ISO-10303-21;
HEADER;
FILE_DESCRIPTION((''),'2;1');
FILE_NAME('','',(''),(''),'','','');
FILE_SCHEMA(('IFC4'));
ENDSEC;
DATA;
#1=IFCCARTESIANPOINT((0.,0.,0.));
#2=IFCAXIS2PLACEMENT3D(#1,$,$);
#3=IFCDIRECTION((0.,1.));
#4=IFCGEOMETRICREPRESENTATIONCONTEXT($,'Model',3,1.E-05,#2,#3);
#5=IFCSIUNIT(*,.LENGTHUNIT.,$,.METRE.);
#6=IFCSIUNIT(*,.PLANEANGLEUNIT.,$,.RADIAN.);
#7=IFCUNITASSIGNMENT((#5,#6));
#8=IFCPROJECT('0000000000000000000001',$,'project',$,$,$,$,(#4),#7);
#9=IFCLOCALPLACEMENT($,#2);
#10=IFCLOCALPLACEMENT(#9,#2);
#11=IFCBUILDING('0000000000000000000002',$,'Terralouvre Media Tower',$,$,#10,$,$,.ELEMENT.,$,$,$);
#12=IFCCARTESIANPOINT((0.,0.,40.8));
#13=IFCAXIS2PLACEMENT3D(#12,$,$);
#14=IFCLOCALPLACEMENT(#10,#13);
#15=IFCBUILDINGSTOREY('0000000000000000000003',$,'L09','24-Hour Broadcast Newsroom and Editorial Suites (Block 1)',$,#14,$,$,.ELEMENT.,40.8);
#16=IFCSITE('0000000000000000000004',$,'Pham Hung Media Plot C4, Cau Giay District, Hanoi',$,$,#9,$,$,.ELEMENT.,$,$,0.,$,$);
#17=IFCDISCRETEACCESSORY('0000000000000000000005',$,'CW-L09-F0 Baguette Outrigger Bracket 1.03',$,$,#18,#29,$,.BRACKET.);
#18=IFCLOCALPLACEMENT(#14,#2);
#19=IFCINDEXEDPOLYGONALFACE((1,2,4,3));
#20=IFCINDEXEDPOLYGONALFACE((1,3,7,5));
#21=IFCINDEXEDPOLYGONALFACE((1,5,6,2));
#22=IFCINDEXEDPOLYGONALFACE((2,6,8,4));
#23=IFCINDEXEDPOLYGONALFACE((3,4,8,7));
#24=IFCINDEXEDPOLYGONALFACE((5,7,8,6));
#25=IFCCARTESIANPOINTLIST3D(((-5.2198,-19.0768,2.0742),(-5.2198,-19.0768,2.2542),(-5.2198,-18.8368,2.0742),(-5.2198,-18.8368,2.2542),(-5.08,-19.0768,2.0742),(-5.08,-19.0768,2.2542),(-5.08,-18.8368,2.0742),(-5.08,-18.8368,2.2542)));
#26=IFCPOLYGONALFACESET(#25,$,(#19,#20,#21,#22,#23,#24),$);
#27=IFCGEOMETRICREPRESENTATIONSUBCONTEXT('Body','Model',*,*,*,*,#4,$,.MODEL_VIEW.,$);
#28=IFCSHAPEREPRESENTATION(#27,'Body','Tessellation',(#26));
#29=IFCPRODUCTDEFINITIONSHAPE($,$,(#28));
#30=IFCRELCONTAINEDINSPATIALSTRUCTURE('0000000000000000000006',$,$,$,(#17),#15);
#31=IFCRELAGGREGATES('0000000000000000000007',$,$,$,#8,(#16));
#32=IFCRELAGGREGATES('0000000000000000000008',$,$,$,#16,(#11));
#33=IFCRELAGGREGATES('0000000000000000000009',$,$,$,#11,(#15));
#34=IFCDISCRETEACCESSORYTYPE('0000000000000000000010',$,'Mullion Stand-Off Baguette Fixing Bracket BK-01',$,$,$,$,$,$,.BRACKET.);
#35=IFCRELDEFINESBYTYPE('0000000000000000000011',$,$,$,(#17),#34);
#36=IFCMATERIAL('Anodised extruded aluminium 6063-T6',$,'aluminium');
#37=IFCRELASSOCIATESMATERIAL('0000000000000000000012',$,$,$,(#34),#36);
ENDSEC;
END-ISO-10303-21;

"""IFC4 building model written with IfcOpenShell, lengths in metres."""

from ifc_helpers import new_model, si_unit, direction, frame, origin, origin_2d, place, context, subcontext, project, spatial, rectangle, extrude, material, type_object, element, save


model = new_model("IFC4")

# Units and contexts
model_context = context("Model", 3, precision=1e-05, world=origin(), true_north=direction((0.0, 1.0)))
body_context = subcontext(model_context, "Body", "Model", "MODEL_VIEW")
ifc_project = project(units=[si_unit("LENGTHUNIT", "METRE"), si_unit("PLANEANGLEUNIT", "RADIAN")], contexts=[model_context])

# Site, building, storey
site_placement = place(None, origin())
site = spatial("IfcSite", under=ifc_project, at=site_placement, Name="Pham Hung Media Plot C4, Cau Giay District, Hanoi", CompositionType="ELEMENT", RefElevation=0.0)
building_placement = place(site_placement, origin())
building = spatial("IfcBuilding", under=site, at=building_placement, Name="Terralouvre Media Tower", CompositionType="ELEMENT")
storey_placement = place(building_placement, frame((0.0, 0.0, 40.8)))
storey = spatial("IfcBuildingStorey", under=building, at=storey_placement, Name="L09", Description="24-Hour Broadcast Newsroom and Editorial Suites (Block 1)", CompositionType="ELEMENT", Elevation=40.8)

# Discrete accessory
ifc_material_1 = material(Name="Anodised extruded aluminium 6063-T6", Category="aluminium")
discrete_accessory_type = type_object("IfcDiscreteAccessoryType", Name="Mullion Stand-Off Baguette Fixing Bracket BK-01", PredefinedType="BRACKET", material=ifc_material_1)
discrete_accessory_placement = place(storey_placement, frame((-5.1499, -18.9568, 2.0742), z_axis=(0.0, 0.0, 1.0), x_axis=(1.0, 0.0, 0.0)))
element("IfcDiscreteAccessory", 1, at=discrete_accessory_placement, inside=storey, type_object=discrete_accessory_type, Name="CW-L09-F0 Baguette Outrigger Bracket 1.03", PredefinedType="BRACKET", context=body_context, shape_type="SweptSolid", body=[
    extrude(rectangle(XDim=0.1399, YDim=0.24, at=origin_2d()), origin(), (0.0, 0.0, 1.0), 0.1799),
])

save(model, "model.ifc")
